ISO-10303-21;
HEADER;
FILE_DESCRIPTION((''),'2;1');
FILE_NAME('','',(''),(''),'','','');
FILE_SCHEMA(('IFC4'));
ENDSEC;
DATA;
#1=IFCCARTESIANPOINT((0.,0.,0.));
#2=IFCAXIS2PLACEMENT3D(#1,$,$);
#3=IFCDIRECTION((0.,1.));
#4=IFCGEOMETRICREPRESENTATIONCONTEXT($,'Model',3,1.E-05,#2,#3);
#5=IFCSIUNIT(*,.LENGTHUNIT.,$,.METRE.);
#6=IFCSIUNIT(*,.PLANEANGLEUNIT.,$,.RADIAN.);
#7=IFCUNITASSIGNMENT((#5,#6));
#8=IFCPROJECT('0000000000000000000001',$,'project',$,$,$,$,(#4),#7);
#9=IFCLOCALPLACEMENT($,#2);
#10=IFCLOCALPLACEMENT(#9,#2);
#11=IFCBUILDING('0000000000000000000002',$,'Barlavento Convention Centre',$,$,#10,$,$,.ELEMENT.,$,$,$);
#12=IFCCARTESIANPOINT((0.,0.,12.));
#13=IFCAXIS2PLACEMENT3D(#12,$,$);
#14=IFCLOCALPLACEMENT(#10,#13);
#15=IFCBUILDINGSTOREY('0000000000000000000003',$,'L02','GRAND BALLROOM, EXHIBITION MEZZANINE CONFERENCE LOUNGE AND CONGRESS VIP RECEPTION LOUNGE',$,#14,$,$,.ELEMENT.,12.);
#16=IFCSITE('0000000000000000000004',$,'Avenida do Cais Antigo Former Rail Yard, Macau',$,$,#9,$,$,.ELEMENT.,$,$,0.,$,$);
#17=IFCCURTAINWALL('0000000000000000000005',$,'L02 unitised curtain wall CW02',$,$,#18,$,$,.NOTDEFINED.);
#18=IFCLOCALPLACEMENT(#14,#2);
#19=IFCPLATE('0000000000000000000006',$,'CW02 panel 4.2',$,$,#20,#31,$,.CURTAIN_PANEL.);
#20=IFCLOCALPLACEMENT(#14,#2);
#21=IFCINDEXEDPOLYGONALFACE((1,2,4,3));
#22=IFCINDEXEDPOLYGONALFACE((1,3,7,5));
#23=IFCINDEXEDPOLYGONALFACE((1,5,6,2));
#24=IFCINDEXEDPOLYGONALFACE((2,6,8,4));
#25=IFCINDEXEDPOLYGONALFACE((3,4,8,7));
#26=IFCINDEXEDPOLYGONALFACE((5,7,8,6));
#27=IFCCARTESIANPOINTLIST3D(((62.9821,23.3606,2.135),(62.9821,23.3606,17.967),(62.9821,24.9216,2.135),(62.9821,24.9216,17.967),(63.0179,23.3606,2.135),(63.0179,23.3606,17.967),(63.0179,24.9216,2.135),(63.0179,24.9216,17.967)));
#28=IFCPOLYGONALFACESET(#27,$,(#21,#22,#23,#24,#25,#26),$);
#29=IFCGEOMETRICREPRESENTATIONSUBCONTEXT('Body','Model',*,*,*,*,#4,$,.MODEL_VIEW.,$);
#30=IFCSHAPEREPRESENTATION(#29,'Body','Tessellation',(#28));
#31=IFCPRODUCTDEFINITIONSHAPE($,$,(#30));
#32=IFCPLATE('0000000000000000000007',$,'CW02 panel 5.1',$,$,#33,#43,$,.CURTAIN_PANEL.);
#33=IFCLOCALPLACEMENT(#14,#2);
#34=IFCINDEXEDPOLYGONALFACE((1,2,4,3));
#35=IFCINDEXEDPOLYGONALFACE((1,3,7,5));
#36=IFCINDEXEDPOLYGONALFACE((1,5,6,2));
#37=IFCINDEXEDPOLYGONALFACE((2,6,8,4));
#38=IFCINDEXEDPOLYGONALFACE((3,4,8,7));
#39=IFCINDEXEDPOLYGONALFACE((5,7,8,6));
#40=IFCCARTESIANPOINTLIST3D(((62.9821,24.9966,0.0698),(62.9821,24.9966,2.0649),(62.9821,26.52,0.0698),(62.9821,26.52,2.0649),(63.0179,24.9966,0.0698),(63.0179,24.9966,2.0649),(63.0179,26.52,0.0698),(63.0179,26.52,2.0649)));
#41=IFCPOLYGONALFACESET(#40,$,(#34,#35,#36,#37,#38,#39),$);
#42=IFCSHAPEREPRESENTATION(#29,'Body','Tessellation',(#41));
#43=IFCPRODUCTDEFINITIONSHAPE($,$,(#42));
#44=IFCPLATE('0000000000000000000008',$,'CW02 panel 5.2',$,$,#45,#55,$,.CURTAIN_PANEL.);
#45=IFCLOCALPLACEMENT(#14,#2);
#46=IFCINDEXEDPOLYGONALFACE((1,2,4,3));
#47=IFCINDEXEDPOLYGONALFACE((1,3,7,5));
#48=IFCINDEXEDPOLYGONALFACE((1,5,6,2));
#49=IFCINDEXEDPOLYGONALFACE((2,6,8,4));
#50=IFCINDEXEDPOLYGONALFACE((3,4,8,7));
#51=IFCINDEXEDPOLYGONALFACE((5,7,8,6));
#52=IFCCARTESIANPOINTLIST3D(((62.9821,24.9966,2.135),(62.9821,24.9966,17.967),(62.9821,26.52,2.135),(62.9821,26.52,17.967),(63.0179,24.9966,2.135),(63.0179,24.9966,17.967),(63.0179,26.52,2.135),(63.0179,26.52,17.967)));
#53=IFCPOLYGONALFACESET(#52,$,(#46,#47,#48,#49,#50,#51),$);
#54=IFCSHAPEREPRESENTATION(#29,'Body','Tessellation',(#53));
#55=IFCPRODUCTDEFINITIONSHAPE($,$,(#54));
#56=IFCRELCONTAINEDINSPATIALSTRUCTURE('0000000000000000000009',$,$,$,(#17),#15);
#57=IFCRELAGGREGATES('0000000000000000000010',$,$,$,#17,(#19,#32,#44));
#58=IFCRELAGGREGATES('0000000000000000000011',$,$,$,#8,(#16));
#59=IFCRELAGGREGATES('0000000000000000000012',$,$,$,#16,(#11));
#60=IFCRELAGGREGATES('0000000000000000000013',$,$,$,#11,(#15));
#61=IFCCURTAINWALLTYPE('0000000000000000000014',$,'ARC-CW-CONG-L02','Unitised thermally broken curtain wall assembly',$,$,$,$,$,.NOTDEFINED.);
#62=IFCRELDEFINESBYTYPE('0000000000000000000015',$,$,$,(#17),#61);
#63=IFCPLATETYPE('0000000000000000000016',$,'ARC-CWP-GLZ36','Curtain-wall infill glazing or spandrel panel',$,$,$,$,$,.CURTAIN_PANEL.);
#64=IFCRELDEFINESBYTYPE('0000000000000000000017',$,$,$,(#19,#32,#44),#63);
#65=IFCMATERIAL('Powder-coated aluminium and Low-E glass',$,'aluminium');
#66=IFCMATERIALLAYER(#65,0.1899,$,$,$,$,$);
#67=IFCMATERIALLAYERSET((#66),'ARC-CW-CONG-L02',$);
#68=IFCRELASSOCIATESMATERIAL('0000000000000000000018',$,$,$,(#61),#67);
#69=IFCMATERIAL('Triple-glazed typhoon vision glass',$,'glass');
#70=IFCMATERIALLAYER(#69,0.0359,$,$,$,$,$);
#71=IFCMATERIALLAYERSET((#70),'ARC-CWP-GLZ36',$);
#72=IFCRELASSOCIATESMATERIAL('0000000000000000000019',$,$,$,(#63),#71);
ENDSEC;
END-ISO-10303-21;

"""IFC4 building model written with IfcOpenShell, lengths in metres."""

from ifc_helpers import new_model, si_unit, direction, frame, origin, origin_2d, place, context, subcontext, project, spatial, rectangle, extrude, material, layer, layer_set, type_object, element, aggregate, save


model = new_model("IFC4")

# Units and contexts
model_context = context("Model", 3, precision=1e-05, world=origin(), true_north=direction((0.0, 1.0)))
body_context = subcontext(model_context, "Body", "Model", "MODEL_VIEW")
ifc_project = project(units=[si_unit("LENGTHUNIT", "METRE"), si_unit("PLANEANGLEUNIT", "RADIAN")], contexts=[model_context])

# Site, building, storey
site_placement = place(None, origin())
site = spatial("IfcSite", under=ifc_project, at=site_placement, Name="Avenida do Cais Antigo Former Rail Yard, Macau", CompositionType="ELEMENT", RefElevation=0.0)
building_placement = place(site_placement, origin())
building = spatial("IfcBuilding", under=site, at=building_placement, Name="Barlavento Convention Centre", CompositionType="ELEMENT")
storey_placement = place(building_placement, frame((0.0, 0.0, 12.0)))
storey = spatial("IfcBuildingStorey", under=building, at=storey_placement, Name="L02", Description="GRAND BALLROOM, EXHIBITION MEZZANINE CONFERENCE LOUNGE AND CONGRESS VIP RECEPTION LOUNGE", CompositionType="ELEMENT", Elevation=12.0)

# Curtain wall
ifc_material_1 = material(Name="Powder-coated aluminium and Low-E glass", Category="aluminium")
ifc_layer_1 = layer(ifc_material_1, 0.1899)
ifc_layer_set_1 = layer_set([ifc_layer_1], Name="ARC-CW-CONG-L02")
curtain_wall_type = type_object("IfcCurtainWallType", Name="ARC-CW-CONG-L02", Description="Unitised thermally broken curtain wall assembly", PredefinedType="NOTDEFINED", material=ifc_layer_set_1)
curtain_wall_1_placement = place(storey_placement, origin())
curtain_wall_1 = element("IfcCurtainWall", 1, at=curtain_wall_1_placement, inside=storey, type_object=curtain_wall_type, Name="L02 unitised curtain wall CW02", PredefinedType="NOTDEFINED")

# Plates
ifc_material_2 = material(Name="Triple-glazed typhoon vision glass", Category="glass")
ifc_layer_2 = layer(ifc_material_2, 0.0359)
ifc_layer_set_2 = layer_set([ifc_layer_2], Name="ARC-CWP-GLZ36")
plate_type = type_object("IfcPlateType", Name="ARC-CWP-GLZ36", Description="Curtain-wall infill glazing or spandrel panel", PredefinedType="CURTAIN_PANEL", material=ifc_layer_set_2)
plate_1_placement = place(storey_placement, frame((63.0, 24.1411, 2.135), z_axis=(0.0, 0.0, 1.0), x_axis=(0.0, 1.0, 0.0)))
plate_1 = element("IfcPlate", 2, at=plate_1_placement, type_object=plate_type, Name="CW02 panel 4.2", PredefinedType="CURTAIN_PANEL", context=body_context, shape_type="SweptSolid", body=[
    extrude(rectangle(XDim=1.561, YDim=0.0359, at=origin_2d()), origin(), (0.0, 0.0, 1.0), 15.832),
])
plate_2_placement = place(storey_placement, frame((63.0, 25.7583, 0.0698), z_axis=(0.0, 0.0, 1.0), x_axis=(0.0, 1.0, 0.0)))
plate_2 = element("IfcPlate", 3, at=plate_2_placement, type_object=plate_type, Name="CW02 panel 5.1", PredefinedType="CURTAIN_PANEL", context=body_context, shape_type="SweptSolid", body=[
    extrude(rectangle(XDim=1.5234, YDim=0.0359, at=origin_2d()), origin(), (0.0, 0.0, 1.0), 1.9951),
])
plate_3_placement = place(storey_placement, frame((63.0, 25.7583, 2.135), z_axis=(0.0, 0.0, 1.0), x_axis=(0.0, 1.0, 0.0)))
plate_3 = element("IfcPlate", 4, at=plate_3_placement, type_object=plate_type, Name="CW02 panel 5.2", PredefinedType="CURTAIN_PANEL", context=body_context, shape_type="SweptSolid", body=[
    extrude(rectangle(XDim=1.5234, YDim=0.0359, at=origin_2d()), origin(), (0.0, 0.0, 1.0), 15.832),
])
aggregate(curtain_wall_1, [plate_1, plate_2, plate_3])

save(model, "model.ifc")
